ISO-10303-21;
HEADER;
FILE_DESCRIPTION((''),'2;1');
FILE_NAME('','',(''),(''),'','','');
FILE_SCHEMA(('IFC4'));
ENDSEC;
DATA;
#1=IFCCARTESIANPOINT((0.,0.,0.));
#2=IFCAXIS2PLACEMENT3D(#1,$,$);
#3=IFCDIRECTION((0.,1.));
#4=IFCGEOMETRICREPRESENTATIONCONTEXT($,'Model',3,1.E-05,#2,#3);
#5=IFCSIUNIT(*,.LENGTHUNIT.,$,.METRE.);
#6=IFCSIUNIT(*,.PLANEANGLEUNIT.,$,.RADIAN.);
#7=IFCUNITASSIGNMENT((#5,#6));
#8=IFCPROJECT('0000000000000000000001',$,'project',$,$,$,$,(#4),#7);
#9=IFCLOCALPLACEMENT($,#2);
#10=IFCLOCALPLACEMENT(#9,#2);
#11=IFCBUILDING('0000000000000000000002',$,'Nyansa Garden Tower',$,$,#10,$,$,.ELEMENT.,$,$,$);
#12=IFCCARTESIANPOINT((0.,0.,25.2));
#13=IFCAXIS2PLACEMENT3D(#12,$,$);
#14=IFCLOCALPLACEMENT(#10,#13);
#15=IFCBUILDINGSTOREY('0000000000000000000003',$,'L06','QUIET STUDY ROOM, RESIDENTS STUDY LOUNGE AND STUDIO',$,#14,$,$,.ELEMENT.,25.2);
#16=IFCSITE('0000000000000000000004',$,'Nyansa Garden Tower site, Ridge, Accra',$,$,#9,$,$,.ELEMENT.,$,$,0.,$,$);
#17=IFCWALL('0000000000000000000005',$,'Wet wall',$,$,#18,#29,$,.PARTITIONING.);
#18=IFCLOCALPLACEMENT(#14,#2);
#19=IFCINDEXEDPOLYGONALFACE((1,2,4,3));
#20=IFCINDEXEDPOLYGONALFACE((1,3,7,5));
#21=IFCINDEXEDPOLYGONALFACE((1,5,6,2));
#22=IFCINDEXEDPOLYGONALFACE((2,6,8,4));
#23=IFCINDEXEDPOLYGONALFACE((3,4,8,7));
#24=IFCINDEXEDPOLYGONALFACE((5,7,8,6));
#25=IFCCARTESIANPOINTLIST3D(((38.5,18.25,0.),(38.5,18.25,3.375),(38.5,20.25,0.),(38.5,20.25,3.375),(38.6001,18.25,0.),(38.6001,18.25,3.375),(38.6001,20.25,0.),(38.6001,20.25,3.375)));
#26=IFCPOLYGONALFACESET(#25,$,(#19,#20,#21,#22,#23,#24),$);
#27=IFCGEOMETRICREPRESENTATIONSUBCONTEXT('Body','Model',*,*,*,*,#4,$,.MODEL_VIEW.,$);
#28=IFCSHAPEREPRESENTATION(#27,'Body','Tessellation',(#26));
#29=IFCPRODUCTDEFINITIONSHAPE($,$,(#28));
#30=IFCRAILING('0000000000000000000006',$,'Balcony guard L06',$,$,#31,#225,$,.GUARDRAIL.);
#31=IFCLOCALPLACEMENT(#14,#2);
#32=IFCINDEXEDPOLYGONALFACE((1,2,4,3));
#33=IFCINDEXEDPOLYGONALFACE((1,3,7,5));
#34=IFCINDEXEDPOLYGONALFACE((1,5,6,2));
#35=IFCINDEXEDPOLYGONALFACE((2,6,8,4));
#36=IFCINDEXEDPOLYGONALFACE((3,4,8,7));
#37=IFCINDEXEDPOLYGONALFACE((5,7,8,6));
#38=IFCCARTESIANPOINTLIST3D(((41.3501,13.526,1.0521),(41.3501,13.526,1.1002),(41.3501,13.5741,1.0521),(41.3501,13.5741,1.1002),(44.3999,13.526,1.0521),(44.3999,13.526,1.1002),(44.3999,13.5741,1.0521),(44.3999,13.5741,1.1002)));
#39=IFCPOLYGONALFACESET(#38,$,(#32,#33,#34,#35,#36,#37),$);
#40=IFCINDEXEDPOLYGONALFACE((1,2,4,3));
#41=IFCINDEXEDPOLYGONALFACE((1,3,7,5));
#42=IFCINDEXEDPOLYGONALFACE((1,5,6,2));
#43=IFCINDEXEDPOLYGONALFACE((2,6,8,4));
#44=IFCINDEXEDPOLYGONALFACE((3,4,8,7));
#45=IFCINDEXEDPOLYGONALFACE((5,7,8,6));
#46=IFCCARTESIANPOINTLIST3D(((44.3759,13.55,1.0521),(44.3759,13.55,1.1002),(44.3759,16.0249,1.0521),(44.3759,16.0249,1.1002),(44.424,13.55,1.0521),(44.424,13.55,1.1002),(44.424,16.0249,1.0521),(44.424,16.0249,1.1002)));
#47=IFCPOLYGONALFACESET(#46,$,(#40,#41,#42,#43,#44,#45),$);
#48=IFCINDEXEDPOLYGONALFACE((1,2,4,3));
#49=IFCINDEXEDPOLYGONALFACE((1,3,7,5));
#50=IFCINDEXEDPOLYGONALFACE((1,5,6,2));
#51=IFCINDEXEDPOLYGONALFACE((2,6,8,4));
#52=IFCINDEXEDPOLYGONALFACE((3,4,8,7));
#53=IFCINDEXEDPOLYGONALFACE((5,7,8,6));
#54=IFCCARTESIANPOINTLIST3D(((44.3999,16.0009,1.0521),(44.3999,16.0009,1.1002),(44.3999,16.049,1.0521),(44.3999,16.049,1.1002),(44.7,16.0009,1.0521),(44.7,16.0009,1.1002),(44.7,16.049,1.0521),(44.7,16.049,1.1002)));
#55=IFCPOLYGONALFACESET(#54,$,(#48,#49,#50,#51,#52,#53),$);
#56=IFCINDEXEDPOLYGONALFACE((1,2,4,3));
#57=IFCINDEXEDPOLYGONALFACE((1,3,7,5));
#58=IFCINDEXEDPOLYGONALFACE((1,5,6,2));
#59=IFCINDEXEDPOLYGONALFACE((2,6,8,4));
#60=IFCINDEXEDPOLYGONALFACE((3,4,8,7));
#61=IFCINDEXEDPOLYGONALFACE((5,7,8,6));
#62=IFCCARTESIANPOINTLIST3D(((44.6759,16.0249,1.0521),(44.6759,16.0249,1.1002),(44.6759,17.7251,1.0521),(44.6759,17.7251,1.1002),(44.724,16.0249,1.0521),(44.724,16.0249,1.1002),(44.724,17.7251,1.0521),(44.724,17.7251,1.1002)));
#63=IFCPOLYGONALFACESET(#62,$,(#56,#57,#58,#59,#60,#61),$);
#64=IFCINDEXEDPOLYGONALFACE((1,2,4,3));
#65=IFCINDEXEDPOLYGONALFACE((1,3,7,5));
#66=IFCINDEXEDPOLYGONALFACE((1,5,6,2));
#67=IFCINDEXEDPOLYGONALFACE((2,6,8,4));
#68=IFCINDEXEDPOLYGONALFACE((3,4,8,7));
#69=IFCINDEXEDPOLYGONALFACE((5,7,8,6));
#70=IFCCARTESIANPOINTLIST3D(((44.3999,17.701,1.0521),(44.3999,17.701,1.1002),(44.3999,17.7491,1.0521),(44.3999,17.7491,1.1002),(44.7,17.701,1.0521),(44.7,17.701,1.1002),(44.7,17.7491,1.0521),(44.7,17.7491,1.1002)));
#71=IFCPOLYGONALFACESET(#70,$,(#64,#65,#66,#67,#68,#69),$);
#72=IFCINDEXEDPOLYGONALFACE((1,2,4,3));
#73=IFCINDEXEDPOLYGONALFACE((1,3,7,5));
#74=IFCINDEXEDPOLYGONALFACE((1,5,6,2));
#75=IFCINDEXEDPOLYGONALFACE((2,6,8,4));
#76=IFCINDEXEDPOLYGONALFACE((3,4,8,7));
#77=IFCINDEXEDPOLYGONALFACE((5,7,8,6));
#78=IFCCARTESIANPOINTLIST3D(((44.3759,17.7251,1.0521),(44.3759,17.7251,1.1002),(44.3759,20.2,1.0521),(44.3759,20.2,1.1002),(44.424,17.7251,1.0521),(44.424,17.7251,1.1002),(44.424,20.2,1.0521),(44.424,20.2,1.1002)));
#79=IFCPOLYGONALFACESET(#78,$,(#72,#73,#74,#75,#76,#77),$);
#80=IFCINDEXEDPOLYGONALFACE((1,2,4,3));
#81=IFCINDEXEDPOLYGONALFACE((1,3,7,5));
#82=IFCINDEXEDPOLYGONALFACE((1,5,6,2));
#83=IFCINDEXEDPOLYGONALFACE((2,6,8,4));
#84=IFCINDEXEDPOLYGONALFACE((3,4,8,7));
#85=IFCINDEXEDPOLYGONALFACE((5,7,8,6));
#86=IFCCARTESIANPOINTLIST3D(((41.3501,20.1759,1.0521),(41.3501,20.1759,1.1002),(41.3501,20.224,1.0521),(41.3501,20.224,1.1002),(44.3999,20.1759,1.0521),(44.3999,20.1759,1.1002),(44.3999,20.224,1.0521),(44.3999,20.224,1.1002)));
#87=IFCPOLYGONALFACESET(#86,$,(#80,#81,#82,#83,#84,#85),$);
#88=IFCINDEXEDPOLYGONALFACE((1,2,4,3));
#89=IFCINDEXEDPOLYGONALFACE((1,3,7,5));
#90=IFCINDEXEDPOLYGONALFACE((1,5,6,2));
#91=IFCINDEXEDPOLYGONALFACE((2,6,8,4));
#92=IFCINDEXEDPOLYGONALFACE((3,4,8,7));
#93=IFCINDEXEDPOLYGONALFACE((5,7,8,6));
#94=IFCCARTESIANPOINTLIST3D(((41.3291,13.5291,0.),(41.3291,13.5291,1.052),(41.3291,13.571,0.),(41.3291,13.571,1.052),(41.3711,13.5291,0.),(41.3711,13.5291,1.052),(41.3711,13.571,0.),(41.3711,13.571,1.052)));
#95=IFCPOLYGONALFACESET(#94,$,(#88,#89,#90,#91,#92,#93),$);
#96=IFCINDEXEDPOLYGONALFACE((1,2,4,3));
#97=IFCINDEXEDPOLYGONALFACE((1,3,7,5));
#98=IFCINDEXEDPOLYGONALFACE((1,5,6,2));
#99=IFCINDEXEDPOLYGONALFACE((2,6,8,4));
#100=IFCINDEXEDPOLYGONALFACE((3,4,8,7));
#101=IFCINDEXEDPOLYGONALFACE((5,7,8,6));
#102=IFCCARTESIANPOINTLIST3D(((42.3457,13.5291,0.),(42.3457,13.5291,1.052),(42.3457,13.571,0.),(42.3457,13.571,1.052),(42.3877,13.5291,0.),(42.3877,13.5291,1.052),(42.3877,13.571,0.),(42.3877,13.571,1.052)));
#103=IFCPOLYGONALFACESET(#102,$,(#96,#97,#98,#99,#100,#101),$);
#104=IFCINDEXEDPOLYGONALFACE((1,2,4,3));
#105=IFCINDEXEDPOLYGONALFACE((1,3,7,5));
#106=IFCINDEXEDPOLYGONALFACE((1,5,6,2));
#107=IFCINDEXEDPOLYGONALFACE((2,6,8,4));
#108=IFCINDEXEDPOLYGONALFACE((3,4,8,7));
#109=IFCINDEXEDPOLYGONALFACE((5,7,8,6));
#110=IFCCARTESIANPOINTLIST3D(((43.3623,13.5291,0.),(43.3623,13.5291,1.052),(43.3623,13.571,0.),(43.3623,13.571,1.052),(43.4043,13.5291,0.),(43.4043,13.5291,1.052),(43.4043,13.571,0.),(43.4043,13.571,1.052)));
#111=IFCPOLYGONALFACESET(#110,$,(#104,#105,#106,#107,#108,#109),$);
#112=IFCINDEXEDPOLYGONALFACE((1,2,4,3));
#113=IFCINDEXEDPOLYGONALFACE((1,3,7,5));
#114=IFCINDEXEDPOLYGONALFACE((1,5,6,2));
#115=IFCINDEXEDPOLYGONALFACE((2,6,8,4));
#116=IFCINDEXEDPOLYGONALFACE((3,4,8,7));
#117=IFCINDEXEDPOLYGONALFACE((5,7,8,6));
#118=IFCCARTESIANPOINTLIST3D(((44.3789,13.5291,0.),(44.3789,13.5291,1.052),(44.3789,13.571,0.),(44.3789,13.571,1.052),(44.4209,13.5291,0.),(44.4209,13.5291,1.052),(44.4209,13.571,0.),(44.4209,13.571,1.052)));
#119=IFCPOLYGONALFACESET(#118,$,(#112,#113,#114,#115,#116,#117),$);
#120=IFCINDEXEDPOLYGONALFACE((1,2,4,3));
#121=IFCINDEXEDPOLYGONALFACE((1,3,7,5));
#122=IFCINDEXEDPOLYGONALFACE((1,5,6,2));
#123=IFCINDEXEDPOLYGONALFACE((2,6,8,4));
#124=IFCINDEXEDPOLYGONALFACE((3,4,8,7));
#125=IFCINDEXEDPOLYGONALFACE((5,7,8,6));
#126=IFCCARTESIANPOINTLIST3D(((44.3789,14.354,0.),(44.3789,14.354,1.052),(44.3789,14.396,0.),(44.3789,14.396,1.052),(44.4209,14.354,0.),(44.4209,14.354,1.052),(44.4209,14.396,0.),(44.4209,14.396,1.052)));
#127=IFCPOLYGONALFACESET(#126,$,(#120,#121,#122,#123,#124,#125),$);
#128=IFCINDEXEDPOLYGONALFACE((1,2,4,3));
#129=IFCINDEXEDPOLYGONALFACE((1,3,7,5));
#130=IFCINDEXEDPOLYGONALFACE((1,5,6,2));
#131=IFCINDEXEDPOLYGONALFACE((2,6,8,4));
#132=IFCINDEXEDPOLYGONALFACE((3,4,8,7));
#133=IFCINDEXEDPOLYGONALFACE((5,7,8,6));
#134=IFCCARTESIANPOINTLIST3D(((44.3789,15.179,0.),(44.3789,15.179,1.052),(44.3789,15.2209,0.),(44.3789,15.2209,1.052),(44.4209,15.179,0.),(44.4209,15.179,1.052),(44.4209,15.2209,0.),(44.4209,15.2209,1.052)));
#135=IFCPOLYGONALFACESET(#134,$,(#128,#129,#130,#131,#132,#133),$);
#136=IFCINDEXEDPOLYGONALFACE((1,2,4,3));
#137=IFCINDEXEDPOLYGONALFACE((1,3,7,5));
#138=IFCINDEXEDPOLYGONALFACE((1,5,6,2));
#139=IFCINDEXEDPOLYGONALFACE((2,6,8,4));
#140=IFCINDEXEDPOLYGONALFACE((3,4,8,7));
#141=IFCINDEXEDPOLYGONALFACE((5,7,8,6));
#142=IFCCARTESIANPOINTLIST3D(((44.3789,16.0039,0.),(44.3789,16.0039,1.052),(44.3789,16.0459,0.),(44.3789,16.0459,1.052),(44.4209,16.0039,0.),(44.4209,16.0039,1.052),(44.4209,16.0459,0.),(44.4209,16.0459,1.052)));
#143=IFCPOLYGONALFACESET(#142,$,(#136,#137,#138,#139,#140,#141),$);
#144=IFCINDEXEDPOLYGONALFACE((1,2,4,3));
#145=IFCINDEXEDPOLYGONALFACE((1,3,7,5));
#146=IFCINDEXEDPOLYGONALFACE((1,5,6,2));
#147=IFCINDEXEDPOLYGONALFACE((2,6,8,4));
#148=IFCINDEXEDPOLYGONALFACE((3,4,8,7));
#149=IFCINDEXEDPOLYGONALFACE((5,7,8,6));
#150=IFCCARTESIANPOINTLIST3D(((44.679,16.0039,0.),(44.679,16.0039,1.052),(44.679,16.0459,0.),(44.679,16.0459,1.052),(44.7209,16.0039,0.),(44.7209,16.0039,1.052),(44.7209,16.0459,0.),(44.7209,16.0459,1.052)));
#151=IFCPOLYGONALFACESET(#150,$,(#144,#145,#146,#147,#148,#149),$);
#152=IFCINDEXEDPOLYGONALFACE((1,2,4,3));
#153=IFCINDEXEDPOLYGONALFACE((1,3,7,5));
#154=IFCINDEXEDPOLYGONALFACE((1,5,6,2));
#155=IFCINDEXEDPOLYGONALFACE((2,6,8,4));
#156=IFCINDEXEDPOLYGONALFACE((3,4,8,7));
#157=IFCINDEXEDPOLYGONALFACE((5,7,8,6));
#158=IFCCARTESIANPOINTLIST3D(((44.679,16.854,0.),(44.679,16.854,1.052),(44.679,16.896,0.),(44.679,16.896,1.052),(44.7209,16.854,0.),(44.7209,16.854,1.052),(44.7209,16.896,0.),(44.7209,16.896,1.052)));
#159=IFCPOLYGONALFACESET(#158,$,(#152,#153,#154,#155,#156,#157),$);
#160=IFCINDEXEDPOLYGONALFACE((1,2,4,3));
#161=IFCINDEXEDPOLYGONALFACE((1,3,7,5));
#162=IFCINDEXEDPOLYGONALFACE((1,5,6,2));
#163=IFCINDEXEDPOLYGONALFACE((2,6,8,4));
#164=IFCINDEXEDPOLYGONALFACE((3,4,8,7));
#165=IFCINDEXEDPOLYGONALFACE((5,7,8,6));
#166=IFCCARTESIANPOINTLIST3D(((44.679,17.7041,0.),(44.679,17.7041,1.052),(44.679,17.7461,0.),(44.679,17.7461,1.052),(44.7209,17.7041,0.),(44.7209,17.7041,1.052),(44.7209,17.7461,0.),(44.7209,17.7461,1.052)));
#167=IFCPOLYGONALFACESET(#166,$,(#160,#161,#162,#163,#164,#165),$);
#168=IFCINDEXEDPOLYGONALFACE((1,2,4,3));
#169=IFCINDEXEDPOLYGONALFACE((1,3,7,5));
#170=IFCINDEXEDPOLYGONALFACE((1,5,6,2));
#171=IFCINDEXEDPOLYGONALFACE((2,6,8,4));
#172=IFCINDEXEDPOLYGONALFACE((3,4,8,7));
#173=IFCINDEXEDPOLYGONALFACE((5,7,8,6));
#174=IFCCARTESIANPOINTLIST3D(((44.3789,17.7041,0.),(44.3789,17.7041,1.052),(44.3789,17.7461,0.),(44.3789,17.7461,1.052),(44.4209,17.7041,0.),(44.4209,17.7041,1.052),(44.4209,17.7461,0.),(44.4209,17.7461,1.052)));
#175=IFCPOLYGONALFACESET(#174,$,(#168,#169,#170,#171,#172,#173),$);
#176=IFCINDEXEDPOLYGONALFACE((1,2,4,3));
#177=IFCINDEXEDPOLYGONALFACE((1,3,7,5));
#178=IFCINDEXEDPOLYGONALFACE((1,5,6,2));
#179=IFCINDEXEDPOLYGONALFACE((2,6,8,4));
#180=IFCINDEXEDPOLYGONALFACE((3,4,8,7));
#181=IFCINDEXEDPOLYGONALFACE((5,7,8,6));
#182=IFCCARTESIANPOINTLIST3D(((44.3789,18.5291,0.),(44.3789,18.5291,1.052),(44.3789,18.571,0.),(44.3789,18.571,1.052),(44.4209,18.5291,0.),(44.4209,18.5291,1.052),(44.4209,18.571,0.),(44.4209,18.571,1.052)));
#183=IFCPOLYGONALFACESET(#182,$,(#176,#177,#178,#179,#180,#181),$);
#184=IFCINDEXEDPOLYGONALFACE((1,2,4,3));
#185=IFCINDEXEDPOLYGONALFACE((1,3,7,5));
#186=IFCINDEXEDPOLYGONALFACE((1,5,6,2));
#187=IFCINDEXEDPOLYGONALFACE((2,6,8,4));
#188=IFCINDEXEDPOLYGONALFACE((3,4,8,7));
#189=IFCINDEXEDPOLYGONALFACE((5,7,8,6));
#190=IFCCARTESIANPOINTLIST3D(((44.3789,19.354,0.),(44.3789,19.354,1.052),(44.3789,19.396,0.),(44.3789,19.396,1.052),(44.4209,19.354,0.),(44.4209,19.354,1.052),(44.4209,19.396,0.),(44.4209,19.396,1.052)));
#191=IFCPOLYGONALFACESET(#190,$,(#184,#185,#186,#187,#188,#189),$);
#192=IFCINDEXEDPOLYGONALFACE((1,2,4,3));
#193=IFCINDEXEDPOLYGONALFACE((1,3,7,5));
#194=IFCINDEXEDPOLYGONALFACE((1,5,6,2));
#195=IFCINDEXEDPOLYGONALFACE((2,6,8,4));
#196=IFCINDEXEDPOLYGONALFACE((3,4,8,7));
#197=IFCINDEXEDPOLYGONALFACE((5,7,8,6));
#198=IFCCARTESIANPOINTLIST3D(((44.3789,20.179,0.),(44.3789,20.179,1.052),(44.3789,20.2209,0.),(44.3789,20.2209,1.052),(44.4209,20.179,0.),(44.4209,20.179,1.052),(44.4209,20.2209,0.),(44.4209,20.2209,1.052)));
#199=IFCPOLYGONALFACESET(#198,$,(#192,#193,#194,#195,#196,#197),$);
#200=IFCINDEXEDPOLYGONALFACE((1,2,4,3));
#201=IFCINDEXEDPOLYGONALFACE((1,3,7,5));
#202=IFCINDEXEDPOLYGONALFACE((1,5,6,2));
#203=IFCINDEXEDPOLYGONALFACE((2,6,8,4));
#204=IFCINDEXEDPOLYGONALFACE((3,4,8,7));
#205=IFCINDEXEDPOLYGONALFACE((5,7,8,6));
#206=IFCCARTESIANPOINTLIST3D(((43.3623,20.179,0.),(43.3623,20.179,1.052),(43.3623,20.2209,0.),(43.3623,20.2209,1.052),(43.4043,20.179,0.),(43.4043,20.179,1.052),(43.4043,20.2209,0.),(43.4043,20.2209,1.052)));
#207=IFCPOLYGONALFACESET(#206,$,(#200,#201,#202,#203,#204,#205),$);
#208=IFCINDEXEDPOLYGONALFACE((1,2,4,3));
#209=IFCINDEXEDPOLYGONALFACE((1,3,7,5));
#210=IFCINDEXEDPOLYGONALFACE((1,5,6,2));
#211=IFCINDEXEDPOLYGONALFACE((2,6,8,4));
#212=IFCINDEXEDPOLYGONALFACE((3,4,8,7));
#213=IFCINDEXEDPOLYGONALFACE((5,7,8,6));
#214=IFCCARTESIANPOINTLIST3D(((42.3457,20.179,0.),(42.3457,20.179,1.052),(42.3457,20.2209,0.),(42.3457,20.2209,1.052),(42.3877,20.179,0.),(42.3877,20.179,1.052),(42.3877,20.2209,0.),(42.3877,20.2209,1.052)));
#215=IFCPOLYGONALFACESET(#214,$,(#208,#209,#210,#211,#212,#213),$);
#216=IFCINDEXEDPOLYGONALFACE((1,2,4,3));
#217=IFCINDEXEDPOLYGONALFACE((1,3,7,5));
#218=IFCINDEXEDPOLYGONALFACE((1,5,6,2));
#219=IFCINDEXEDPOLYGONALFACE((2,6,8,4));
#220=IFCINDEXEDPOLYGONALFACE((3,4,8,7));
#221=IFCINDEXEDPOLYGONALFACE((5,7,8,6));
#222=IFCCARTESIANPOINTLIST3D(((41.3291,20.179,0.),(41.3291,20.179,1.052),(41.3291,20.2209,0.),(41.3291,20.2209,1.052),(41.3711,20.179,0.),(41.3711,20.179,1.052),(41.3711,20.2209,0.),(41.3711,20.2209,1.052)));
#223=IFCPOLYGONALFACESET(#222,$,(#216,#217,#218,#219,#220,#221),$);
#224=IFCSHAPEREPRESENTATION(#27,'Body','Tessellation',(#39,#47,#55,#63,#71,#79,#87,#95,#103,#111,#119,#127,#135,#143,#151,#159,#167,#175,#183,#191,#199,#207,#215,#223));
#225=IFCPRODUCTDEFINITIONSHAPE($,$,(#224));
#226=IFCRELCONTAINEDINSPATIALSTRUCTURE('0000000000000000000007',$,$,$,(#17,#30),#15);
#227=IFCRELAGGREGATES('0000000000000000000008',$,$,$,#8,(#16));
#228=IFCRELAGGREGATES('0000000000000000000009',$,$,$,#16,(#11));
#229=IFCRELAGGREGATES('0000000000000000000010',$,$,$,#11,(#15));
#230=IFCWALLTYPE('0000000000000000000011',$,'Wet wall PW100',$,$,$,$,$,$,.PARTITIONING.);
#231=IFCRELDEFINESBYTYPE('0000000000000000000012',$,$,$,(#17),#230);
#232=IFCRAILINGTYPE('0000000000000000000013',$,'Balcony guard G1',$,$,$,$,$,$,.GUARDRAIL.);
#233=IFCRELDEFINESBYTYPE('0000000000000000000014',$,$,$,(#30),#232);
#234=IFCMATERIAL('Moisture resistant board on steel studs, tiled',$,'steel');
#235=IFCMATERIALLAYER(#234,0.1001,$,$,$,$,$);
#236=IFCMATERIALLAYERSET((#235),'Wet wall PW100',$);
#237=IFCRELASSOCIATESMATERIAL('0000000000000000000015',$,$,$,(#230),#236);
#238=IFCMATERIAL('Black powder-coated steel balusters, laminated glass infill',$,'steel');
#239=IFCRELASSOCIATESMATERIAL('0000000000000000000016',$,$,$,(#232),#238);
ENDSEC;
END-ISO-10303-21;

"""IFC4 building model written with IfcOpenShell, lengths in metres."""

from ifc_helpers import new_model, si_unit, direction, frame, frame_2d, origin, origin_2d, place, context, subcontext, project, spatial, rectangle, extrude, material, layer, layer_set, type_object, element, save


model = new_model("IFC4")

# Units and contexts
model_context = context("Model", 3, precision=1e-05, world=origin(), true_north=direction((0.0, 1.0)))
body_context = subcontext(model_context, "Body", "Model", "MODEL_VIEW")
ifc_project = project(units=[si_unit("LENGTHUNIT", "METRE"), si_unit("PLANEANGLEUNIT", "RADIAN")], contexts=[model_context])

# Site, building, storey
site_placement = place(None, origin())
site = spatial("IfcSite", under=ifc_project, at=site_placement, Name="Nyansa Garden Tower site, Ridge, Accra", CompositionType="ELEMENT", RefElevation=0.0)
building_placement = place(site_placement, origin())
building = spatial("IfcBuilding", under=site, at=building_placement, Name="Nyansa Garden Tower", CompositionType="ELEMENT")
storey_placement = place(building_placement, frame((0.0, 0.0, 25.2)))
storey = spatial("IfcBuildingStorey", under=building, at=storey_placement, Name="L06", Description="QUIET STUDY ROOM, RESIDENTS STUDY LOUNGE AND STUDIO", CompositionType="ELEMENT", Elevation=25.2)

# Shared definitions
ifc_material_1 = material(Name="Moisture resistant board on steel studs, tiled", Category="steel")
ifc_layer_1 = layer(ifc_material_1, 0.1001)
ifc_layer_set_1 = layer_set([ifc_layer_1], Name="Wet wall PW100")
wall_type_1 = type_object("IfcWallType", Name="Wet wall PW100", PredefinedType="PARTITIONING", material=ifc_layer_set_1)

# Wall
for number, where, z_axis, x_axis, name in (
    (1, (38.55, 18.25, 0.0), (0.0, 0.0, 1.0), (0.0, 1.0, 0.0), "Wet wall"),
):
    element("IfcWall", number, at=place(storey_placement, frame(where, z_axis=z_axis, x_axis=x_axis)), inside=storey, type_object=wall_type_1, Name=name, PredefinedType="PARTITIONING", context=body_context, shape_type="SweptSolid", body=[
        extrude(rectangle(XDim=2.0, YDim=0.1001, at=frame_2d((1.0, 0.0))), origin(), (0.0, 0.0, 1.0), 3.375),
    ])

# Railing
ifc_material_2 = material(Name="Black powder-coated steel balusters, laminated glass infill", Category="steel")
railing_type = type_object("IfcRailingType", Name="Balcony guard G1", PredefinedType="GUARDRAIL", material=ifc_material_2)
railing_placement = place(storey_placement, frame((41.3501, 13.55, 0.0)))
element("IfcRailing", 2, at=railing_placement, inside=storey, type_object=railing_type, Name="Balcony guard L06", PredefinedType="GUARDRAIL", context=body_context, shape_type="SweptSolid", body=[
    extrude(rectangle(XDim=0.0481, YDim=0.0481, at=origin_2d()), frame((0.0, 0.0, 1.0762), z_axis=(1.0, 0.0, 0.0), x_axis=(0.0, 1.0, 0.0)), (0.0, 0.0, 1.0), 3.0498),
    extrude(rectangle(XDim=0.0481, YDim=0.0481, at=origin_2d()), frame((3.0498, 0.0, 1.0762), z_axis=(0.0, 1.0, 0.0), x_axis=(-1.0, 0.0, 0.0)), (0.0, 0.0, 1.0), 2.4749),
    extrude(rectangle(XDim=0.0481, YDim=0.0481, at=origin_2d()), frame((3.0498, 2.4749, 1.0762), z_axis=(1.0, 0.0, 0.0), x_axis=(0.0, 1.0, 0.0)), (0.0, 0.0, 1.0), 0.3),
    extrude(rectangle(XDim=0.0481, YDim=0.0481, at=origin_2d()), frame((3.3499, 2.4749, 1.0762), z_axis=(0.0, 1.0, 0.0), x_axis=(-1.0, 0.0, 0.0)), (0.0, 0.0, 1.0), 1.7002),
    extrude(rectangle(XDim=0.0481, YDim=0.0481, at=origin_2d()), frame((3.3499, 4.175, 1.0762), z_axis=(-1.0, 0.0, 0.0), x_axis=(0.0, -1.0, 0.0)), (0.0, 0.0, 1.0), 0.3),
    extrude(rectangle(XDim=0.0481, YDim=0.0481, at=origin_2d()), frame((3.0498, 4.175, 1.0762), z_axis=(0.0, 1.0, 0.0), x_axis=(-1.0, 0.0, 0.0)), (0.0, 0.0, 1.0), 2.4749),
    extrude(rectangle(XDim=0.0481, YDim=0.0481, at=origin_2d()), frame((3.0498, 6.6499, 1.0762), z_axis=(-1.0, 0.0, 0.0), x_axis=(0.0, -1.0, 0.0)), (0.0, 0.0, 1.0), 3.0498),
    extrude(rectangle(XDim=0.042, YDim=0.042, at=origin_2d()), origin(), (0.0, 0.0, 1.0), 1.052),
    extrude(rectangle(XDim=0.042, YDim=0.042, at=origin_2d()), frame((1.0166, 0.0, 0.0)), (0.0, 0.0, 1.0), 1.052),
    extrude(rectangle(XDim=0.042, YDim=0.042, at=origin_2d()), frame((2.0332, 0.0, 0.0)), (0.0, 0.0, 1.0), 1.052),
    extrude(rectangle(XDim=0.042, YDim=0.042, at=origin_2d()), frame((3.0498, 0.0, 0.0)), (0.0, 0.0, 1.0), 1.052),
    extrude(rectangle(XDim=0.042, YDim=0.042, at=origin_2d()), frame((3.0498, 0.825, 0.0)), (0.0, 0.0, 1.0), 1.052),
    extrude(rectangle(XDim=0.042, YDim=0.042, at=origin_2d()), frame((3.0498, 1.6499, 0.0)), (0.0, 0.0, 1.0), 1.052),
    extrude(rectangle(XDim=0.042, YDim=0.042, at=origin_2d()), frame((3.0498, 2.4749, 0.0)), (0.0, 0.0, 1.0), 1.052),
    extrude(rectangle(XDim=0.042, YDim=0.042, at=origin_2d()), frame((3.3499, 2.4749, 0.0)), (0.0, 0.0, 1.0), 1.052),
    extrude(rectangle(XDim=0.042, YDim=0.042, at=origin_2d()), frame((3.3499, 3.325, 0.0)), (0.0, 0.0, 1.0), 1.052),
    extrude(rectangle(XDim=0.042, YDim=0.042, at=origin_2d()), frame((3.3499, 4.175, 0.0)), (0.0, 0.0, 1.0), 1.052),
    extrude(rectangle(XDim=0.042, YDim=0.042, at=origin_2d()), frame((3.0498, 4.175, 0.0)), (0.0, 0.0, 1.0), 1.052),
    extrude(rectangle(XDim=0.042, YDim=0.042, at=origin_2d()), frame((3.0498, 5.0, 0.0)), (0.0, 0.0, 1.0), 1.052),
    extrude(rectangle(XDim=0.042, YDim=0.042, at=origin_2d()), frame((3.0498, 5.825, 0.0)), (0.0, 0.0, 1.0), 1.052),
    extrude(rectangle(XDim=0.042, YDim=0.042, at=origin_2d()), frame((3.0498, 6.6499, 0.0)), (0.0, 0.0, 1.0), 1.052),
    extrude(rectangle(XDim=0.042, YDim=0.042, at=origin_2d()), frame((2.0332, 6.6499, 0.0)), (0.0, 0.0, 1.0), 1.052),
    extrude(rectangle(XDim=0.042, YDim=0.042, at=origin_2d()), frame((1.0166, 6.6499, 0.0)), (0.0, 0.0, 1.0), 1.052),
    extrude(rectangle(XDim=0.042, YDim=0.042, at=origin_2d()), frame((0.0, 6.6499, 0.0)), (0.0, 0.0, 1.0), 1.052),
])

save(model, "model.ifc")
